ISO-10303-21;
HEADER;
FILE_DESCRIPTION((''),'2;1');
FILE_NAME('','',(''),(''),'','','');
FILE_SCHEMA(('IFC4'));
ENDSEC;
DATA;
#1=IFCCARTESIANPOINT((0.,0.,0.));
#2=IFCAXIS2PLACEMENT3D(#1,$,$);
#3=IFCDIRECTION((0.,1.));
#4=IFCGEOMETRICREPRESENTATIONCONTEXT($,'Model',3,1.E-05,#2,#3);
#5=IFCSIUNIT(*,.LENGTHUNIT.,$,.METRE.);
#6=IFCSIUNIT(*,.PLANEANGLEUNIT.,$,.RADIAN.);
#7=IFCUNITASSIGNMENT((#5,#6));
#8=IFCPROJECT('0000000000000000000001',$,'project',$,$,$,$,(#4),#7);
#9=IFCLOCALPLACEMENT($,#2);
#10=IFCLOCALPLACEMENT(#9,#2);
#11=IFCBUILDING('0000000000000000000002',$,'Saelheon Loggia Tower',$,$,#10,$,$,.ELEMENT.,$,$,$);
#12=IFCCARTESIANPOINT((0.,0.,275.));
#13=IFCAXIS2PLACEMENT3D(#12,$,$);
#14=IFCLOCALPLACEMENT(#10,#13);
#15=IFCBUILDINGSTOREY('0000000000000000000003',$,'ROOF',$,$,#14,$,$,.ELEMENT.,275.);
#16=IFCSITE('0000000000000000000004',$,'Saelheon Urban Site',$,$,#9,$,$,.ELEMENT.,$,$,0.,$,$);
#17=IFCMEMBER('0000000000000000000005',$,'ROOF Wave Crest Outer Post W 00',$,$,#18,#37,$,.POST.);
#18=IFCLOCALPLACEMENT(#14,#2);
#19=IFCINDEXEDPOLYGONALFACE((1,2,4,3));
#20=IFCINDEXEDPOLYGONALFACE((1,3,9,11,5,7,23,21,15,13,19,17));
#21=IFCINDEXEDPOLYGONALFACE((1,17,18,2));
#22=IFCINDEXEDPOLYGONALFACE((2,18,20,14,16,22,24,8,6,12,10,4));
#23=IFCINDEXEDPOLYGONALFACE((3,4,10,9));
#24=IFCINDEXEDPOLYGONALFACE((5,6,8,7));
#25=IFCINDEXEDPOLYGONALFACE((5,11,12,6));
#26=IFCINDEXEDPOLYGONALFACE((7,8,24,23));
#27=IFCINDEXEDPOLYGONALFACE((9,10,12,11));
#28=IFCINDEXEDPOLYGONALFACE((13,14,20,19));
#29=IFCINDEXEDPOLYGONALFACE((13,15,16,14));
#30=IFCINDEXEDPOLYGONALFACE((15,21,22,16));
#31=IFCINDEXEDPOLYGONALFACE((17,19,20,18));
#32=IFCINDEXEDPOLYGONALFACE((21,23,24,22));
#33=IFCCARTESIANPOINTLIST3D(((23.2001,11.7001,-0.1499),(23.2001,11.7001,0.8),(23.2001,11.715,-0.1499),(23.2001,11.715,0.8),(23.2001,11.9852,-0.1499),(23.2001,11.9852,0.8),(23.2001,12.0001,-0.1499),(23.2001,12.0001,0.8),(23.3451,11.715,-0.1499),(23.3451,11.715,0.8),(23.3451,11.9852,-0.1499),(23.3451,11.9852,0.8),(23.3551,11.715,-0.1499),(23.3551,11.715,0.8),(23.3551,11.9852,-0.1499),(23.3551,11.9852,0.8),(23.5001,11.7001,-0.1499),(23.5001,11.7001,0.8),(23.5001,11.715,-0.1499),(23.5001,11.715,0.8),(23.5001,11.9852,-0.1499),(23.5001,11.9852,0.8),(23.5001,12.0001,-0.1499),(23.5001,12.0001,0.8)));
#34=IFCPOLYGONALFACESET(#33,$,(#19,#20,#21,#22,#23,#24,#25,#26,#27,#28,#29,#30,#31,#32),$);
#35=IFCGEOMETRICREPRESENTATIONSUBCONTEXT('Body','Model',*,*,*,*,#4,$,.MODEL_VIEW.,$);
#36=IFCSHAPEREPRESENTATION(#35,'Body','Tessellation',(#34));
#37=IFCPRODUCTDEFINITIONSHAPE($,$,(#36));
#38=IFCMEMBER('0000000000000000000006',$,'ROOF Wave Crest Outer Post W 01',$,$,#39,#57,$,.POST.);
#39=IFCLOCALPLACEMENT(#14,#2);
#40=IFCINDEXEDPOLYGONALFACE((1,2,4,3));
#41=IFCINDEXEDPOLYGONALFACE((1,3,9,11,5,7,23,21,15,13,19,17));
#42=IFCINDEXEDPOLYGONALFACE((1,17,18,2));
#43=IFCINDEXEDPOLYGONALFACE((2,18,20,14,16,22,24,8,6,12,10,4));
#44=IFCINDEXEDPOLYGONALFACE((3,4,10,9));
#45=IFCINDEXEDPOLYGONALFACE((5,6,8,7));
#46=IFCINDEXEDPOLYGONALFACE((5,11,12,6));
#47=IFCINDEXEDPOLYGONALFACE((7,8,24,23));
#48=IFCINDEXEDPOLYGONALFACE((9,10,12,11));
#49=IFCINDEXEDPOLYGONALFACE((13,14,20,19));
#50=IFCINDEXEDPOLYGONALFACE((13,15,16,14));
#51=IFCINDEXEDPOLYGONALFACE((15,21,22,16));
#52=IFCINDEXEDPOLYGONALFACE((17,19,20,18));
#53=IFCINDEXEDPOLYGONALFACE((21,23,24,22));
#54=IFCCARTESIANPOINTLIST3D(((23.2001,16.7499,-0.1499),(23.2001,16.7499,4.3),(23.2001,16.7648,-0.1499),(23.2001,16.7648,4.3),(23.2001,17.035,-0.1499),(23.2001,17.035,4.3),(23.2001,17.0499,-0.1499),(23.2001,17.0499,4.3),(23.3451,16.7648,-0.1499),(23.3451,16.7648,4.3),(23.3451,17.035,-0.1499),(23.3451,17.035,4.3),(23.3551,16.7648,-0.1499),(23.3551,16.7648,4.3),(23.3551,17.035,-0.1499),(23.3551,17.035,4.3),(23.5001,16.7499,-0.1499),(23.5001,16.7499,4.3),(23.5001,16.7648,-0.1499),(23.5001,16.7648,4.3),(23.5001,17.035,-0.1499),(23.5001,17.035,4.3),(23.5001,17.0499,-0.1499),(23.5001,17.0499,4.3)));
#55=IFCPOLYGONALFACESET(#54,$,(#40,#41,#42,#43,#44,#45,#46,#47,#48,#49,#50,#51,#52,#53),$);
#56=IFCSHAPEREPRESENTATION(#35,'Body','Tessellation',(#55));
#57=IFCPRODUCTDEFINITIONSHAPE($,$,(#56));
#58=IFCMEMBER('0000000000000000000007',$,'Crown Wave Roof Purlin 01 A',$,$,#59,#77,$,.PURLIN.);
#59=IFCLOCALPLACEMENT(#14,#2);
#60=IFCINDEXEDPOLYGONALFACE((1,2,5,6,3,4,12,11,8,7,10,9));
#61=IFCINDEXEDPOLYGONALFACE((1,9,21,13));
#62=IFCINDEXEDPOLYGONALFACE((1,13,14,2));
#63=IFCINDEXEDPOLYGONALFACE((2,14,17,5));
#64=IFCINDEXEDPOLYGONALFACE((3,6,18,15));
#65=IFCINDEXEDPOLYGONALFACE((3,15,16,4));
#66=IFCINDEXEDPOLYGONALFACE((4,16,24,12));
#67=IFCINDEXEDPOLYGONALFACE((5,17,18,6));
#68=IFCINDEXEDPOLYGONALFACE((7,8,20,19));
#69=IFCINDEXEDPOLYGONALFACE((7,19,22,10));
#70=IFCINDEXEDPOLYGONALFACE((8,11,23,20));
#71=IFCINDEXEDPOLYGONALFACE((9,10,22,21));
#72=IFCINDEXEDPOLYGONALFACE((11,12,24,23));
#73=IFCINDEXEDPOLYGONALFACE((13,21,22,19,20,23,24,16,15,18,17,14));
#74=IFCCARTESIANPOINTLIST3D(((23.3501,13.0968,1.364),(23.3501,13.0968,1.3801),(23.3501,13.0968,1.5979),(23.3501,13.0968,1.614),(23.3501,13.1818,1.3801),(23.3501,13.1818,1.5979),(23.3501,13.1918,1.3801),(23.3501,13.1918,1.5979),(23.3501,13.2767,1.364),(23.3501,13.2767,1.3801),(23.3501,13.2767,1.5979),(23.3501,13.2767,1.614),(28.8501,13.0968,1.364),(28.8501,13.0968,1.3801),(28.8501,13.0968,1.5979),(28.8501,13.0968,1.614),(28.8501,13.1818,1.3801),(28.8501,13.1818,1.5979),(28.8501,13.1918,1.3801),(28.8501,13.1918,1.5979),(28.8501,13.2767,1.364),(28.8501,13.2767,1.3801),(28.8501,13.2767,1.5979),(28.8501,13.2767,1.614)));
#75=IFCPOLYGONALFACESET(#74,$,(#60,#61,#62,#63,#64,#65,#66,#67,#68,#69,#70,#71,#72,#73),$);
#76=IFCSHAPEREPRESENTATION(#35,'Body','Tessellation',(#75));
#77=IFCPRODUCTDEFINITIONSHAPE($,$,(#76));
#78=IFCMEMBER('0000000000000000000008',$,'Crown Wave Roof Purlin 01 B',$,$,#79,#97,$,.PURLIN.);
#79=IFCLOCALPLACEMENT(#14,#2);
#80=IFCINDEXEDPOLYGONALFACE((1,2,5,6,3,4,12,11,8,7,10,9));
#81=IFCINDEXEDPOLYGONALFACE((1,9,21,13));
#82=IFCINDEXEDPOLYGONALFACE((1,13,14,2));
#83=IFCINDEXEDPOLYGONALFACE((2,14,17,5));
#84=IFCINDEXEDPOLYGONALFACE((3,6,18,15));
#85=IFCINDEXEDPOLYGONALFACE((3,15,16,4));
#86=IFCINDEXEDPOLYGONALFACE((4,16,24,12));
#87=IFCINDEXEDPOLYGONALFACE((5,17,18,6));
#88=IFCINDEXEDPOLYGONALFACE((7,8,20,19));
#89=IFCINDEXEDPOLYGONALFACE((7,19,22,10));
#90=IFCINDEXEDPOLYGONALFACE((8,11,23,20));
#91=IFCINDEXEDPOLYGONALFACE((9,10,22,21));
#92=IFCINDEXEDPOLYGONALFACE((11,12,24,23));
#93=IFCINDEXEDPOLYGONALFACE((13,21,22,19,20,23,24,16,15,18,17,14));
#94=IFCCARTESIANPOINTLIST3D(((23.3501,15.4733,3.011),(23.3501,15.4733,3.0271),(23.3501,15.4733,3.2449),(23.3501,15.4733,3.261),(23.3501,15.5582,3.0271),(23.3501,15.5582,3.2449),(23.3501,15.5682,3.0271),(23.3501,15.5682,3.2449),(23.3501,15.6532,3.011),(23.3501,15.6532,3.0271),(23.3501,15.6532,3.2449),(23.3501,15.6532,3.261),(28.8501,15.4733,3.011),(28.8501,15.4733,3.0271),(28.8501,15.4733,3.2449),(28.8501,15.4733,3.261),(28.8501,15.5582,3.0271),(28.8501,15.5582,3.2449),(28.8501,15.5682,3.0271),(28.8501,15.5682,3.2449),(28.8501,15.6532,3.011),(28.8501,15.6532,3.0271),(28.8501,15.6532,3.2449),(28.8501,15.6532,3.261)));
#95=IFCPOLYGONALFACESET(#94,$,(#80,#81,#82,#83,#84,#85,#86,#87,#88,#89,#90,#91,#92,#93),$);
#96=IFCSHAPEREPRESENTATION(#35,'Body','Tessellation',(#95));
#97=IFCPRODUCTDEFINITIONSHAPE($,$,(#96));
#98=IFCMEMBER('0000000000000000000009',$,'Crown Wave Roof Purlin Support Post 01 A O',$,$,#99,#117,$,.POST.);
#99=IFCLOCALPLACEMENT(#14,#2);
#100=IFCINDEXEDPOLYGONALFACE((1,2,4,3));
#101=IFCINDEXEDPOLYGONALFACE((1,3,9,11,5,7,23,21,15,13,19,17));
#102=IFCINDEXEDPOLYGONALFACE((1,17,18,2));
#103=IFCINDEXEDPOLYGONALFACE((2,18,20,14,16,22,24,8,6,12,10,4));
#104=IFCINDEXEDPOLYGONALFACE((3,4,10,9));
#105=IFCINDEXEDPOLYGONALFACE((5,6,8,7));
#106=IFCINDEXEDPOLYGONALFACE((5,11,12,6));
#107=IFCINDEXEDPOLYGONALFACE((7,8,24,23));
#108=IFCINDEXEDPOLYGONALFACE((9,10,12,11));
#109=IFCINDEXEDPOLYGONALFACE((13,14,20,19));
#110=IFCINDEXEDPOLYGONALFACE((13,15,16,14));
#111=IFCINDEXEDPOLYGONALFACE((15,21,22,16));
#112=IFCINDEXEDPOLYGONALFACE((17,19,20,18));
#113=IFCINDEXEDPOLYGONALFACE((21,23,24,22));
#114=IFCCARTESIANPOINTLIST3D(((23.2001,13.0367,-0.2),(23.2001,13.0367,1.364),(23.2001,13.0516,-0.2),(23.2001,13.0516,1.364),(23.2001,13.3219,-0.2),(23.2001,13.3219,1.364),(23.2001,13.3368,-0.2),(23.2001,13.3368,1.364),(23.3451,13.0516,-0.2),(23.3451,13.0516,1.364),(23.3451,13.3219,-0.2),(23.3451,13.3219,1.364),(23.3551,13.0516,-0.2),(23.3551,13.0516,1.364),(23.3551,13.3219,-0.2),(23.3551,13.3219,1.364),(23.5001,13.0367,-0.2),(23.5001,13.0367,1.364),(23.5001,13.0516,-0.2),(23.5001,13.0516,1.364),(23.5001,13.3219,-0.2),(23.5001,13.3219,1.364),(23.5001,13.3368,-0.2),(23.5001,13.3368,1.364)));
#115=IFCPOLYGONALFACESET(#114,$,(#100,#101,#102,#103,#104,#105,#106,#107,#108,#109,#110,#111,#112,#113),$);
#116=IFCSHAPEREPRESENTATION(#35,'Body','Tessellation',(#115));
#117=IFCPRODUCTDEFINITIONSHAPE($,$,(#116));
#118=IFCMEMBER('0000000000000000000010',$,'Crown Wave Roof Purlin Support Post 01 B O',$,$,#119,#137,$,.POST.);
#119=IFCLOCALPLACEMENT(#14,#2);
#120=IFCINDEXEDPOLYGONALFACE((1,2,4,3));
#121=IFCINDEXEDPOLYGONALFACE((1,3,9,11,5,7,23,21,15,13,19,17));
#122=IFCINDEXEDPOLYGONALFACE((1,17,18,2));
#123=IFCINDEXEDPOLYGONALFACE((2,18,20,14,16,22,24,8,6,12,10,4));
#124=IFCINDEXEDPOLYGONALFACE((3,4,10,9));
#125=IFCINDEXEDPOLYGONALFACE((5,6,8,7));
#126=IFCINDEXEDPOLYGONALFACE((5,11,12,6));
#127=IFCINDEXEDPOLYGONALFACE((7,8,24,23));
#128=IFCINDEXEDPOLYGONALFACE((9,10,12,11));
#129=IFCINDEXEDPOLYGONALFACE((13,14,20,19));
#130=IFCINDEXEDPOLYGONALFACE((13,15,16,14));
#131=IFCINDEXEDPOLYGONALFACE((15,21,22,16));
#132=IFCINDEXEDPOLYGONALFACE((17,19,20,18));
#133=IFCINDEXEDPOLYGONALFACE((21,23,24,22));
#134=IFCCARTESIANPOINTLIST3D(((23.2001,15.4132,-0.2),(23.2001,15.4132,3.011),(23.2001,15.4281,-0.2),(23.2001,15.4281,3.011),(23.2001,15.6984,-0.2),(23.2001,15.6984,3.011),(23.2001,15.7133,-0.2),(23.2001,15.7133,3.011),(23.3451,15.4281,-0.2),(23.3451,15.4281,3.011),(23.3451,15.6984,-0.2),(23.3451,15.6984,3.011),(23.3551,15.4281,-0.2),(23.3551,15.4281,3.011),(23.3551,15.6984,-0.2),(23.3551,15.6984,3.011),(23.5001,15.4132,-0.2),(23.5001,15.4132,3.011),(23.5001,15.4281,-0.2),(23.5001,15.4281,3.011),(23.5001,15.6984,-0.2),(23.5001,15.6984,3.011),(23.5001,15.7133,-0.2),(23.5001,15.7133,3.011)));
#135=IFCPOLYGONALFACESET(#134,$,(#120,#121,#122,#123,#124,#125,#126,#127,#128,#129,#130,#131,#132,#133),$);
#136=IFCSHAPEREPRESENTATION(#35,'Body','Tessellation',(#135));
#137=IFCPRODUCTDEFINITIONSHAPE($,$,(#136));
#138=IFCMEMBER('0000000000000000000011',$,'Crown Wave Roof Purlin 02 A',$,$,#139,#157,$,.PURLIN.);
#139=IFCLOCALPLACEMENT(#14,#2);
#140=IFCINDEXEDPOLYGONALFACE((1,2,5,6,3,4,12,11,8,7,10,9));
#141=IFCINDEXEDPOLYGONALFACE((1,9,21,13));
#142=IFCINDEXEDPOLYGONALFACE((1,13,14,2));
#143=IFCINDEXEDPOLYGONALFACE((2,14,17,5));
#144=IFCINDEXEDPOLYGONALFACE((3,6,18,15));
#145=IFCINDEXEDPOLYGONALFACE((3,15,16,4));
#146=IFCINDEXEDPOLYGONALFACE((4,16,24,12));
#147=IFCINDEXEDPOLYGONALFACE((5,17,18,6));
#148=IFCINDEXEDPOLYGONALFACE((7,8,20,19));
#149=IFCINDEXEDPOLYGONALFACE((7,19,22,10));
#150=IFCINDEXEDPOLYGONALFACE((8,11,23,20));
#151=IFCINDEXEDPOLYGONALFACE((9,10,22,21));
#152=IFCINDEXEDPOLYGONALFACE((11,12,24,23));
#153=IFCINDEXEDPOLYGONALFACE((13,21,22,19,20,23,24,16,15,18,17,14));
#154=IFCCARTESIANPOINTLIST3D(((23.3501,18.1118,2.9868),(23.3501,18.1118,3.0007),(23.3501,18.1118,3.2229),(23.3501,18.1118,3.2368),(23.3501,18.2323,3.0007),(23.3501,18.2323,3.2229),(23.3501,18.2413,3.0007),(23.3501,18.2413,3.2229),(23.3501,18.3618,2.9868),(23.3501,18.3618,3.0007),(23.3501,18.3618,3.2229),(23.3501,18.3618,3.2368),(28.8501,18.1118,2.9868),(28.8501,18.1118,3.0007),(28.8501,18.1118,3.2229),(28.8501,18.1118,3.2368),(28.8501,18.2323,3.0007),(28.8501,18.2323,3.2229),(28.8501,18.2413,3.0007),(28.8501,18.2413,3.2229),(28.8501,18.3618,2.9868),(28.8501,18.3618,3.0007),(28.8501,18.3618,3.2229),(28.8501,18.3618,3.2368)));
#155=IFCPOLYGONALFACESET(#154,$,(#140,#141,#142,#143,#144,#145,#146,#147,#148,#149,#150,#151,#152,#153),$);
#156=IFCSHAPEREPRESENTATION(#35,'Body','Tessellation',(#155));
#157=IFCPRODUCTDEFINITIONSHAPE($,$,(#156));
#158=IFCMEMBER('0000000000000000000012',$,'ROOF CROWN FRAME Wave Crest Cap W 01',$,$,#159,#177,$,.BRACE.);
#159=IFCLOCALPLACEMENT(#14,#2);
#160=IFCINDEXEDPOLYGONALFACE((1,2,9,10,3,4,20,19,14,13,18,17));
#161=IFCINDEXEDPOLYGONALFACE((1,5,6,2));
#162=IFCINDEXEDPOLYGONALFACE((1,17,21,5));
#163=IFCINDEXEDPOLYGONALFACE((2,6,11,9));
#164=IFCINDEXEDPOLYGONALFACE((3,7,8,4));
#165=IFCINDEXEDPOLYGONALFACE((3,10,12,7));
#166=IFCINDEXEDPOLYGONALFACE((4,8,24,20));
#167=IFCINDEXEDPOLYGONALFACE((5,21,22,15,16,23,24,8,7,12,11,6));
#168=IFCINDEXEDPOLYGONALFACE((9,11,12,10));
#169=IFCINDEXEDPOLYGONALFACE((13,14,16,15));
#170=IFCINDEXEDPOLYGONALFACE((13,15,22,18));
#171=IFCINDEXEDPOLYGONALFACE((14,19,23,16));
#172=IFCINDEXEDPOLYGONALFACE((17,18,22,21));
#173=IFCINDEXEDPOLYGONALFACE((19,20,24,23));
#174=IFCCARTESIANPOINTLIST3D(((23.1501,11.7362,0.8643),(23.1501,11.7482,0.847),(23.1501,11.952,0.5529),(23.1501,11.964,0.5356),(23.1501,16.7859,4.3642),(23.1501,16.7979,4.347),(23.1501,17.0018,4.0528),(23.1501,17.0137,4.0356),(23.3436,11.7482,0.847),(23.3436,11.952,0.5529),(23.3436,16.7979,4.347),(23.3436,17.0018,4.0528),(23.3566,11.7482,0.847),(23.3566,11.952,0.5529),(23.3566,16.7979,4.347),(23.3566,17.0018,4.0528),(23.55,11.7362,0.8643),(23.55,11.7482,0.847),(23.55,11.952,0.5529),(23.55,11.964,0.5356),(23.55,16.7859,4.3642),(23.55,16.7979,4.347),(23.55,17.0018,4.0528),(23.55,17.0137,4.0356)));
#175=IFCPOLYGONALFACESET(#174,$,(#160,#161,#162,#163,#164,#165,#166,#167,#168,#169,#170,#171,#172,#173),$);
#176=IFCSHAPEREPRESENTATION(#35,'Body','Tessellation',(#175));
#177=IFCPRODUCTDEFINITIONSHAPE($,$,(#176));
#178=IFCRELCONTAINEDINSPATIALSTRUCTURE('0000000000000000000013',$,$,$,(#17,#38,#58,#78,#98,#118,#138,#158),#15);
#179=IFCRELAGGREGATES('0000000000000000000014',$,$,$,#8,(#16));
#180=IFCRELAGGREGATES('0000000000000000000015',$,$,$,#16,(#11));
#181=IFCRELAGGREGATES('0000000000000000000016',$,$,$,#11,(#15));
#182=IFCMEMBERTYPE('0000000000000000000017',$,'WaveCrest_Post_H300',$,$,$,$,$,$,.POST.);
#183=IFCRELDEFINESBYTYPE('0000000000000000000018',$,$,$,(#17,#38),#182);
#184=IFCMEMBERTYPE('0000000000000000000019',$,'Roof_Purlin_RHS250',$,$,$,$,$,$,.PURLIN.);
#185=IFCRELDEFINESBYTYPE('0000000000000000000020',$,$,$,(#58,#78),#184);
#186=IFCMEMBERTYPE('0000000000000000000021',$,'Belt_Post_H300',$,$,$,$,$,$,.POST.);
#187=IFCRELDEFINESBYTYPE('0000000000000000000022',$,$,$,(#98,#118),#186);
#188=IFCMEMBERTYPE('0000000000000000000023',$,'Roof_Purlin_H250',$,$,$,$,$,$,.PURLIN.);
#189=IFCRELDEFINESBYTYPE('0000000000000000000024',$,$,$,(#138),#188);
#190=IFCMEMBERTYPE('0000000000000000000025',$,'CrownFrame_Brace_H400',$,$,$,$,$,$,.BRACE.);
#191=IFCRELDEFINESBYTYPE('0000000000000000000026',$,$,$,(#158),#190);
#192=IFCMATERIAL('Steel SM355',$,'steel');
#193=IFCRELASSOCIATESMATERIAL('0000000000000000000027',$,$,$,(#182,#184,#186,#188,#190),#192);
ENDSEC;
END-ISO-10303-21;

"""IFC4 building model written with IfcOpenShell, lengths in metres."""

from ifc_helpers import new_model, si_unit, direction, frame, origin, origin_2d, place, context, subcontext, project, spatial, i_section, extrude, source, transform, mapped, material, material_profile, profile_set, type_object, element, save


model = new_model("IFC4")

# Units and contexts
model_context = context("Model", 3, precision=1e-05, world=origin(), true_north=direction((0.0, 1.0)))
body_context = subcontext(model_context, "Body", "Model", "MODEL_VIEW")
ifc_project = project(units=[si_unit("LENGTHUNIT", "METRE"), si_unit("PLANEANGLEUNIT", "RADIAN")], contexts=[model_context])

# Site, building, storey
site_placement = place(None, origin())
site = spatial("IfcSite", under=ifc_project, at=site_placement, Name="Saelheon Urban Site", CompositionType="ELEMENT", RefElevation=0.0)
building_placement = place(site_placement, origin())
building = spatial("IfcBuilding", under=site, at=building_placement, Name="Saelheon Loggia Tower", CompositionType="ELEMENT")
storey_placement = place(building_placement, frame((0.0, 0.0, 275.0)))
storey = spatial("IfcBuildingStorey", under=building, at=storey_placement, Name="ROOF", CompositionType="ELEMENT", Elevation=275.0)

# Members
ifc_material_1 = material(Name="Steel SM355", Category="steel")
ifc_material_profile_1 = material_profile(ifc_material_1, i_section(OverallWidth=0.3, OverallDepth=0.3, WebThickness=0.01, FlangeThickness=0.0149, at=origin_2d()), Name="H-300x300x10x15")
ifc_profile_set_1 = profile_set([ifc_material_profile_1], Name="Steel SM355")
member_type_1 = type_object("IfcMemberType", Name="WaveCrest_Post_H300", PredefinedType="POST", material=ifc_profile_set_1)
shared_shape_1 = source(origin(), body_context, "Body", "SweptSolid", [
    extrude(i_section(OverallWidth=0.3, OverallDepth=0.3, WebThickness=0.01, FlangeThickness=0.0149, at=origin_2d()), origin(), (0.0, 0.0, 1.0), 0.95),
])
member_1_placement = place(storey_placement, frame((23.3501, 11.8501, -0.1499), z_axis=(0.0, 0.0, 1.0), x_axis=(1.0, 0.0, 0.0)))
element("IfcMember", 1, at=member_1_placement, inside=storey, type_object=member_type_1, Name="ROOF Wave Crest Outer Post W 00", PredefinedType="POST", context=body_context, shape_type="MappedRepresentation", body=[
    mapped(shared_shape_1, transform((0.0, 0.0, 0.0), scale=1.0)),
])
shared_shape_2 = source(origin(), body_context, "Body", "SweptSolid", [
    extrude(i_section(OverallWidth=0.3, OverallDepth=0.3, WebThickness=0.01, FlangeThickness=0.0149, at=origin_2d()), origin(), (0.0, 0.0, 1.0), 4.45),
])
member_2_placement = place(storey_placement, frame((23.3501, 16.8999, -0.1499), z_axis=(0.0, 0.0, 1.0), x_axis=(1.0, 0.0, 0.0)))
element("IfcMember", 2, at=member_2_placement, inside=storey, type_object=member_type_1, Name="ROOF Wave Crest Outer Post W 01", PredefinedType="POST", context=body_context, shape_type="MappedRepresentation", body=[
    mapped(shared_shape_2, transform((0.0, 0.0, 0.0), scale=1.0)),
])
ifc_material_profile_2 = material_profile(ifc_material_1, i_section(OverallWidth=0.1799, OverallDepth=0.25, WebThickness=0.01, FlangeThickness=0.0161, at=origin_2d()), Name="H-250x180x10x16")
ifc_profile_set_2 = profile_set([ifc_material_profile_2], Name="Steel SM355")
member_type_2 = type_object("IfcMemberType", Name="Roof_Purlin_RHS250", PredefinedType="PURLIN", material=ifc_profile_set_2)
shared_shape_3 = source(origin(), body_context, "Body", "SweptSolid", [
    extrude(i_section(OverallWidth=0.1799, OverallDepth=0.25, WebThickness=0.01, FlangeThickness=0.0161, at=origin_2d()), origin(), (0.0, 0.0, 1.0), 5.5),
])
for number, where, z_axis, x_axis, name in (
    (3, (23.3501, 13.1868, 1.489), (1.0, 0.0, 0.0), (0.0, 1.0, 0.0), "Crown Wave Roof Purlin 01 A"),
    (4, (23.3501, 15.5632, 3.136), (1.0, 0.0, 0.0), (0.0, 1.0, 0.0), "Crown Wave Roof Purlin 01 B"),
):
    element("IfcMember", number, at=place(storey_placement, frame(where, z_axis=z_axis, x_axis=x_axis)), inside=storey, type_object=member_type_2, Name=name, PredefinedType="PURLIN", context=body_context, shape_type="MappedRepresentation", body=[
        mapped(shared_shape_3, transform((0.0, 0.0, 0.0), scale=1.0)),
    ])
ifc_material_profile_3 = material_profile(ifc_material_1, i_section(OverallWidth=0.3, OverallDepth=0.3, WebThickness=0.01, FlangeThickness=0.0149, at=origin_2d()), Name="H-300x300x10x15")
ifc_profile_set_3 = profile_set([ifc_material_profile_3], Name="Steel SM355")
member_type_3 = type_object("IfcMemberType", Name="Belt_Post_H300", PredefinedType="POST", material=ifc_profile_set_3)
shared_shape_4 = source(origin(), body_context, "Body", "SweptSolid", [
    extrude(i_section(OverallWidth=0.3, OverallDepth=0.3, WebThickness=0.01, FlangeThickness=0.0149, at=origin_2d()), origin(), (0.0, 0.0, 1.0), 1.564),
])
member_3_placement = place(storey_placement, frame((23.3501, 13.1868, -0.2), z_axis=(0.0, 0.0, 1.0), x_axis=(1.0, 0.0, 0.0)))
element("IfcMember", 5, at=member_3_placement, inside=storey, type_object=member_type_3, Name="Crown Wave Roof Purlin Support Post 01 A O", PredefinedType="POST", context=body_context, shape_type="MappedRepresentation", body=[
    mapped(shared_shape_4, transform((0.0, 0.0, 0.0), scale=1.0)),
])
shared_shape_5 = source(origin(), body_context, "Body", "SweptSolid", [
    extrude(i_section(OverallWidth=0.3, OverallDepth=0.3, WebThickness=0.01, FlangeThickness=0.0149, at=origin_2d()), origin(), (0.0, 0.0, 1.0), 3.2109),
])
member_4_placement = place(storey_placement, frame((23.3501, 15.5632, -0.2), z_axis=(0.0, 0.0, 1.0), x_axis=(1.0, 0.0, 0.0)))
element("IfcMember", 6, at=member_4_placement, inside=storey, type_object=member_type_3, Name="Crown Wave Roof Purlin Support Post 01 B O", PredefinedType="POST", context=body_context, shape_type="MappedRepresentation", body=[
    mapped(shared_shape_5, transform((0.0, 0.0, 0.0), scale=1.0)),
])
ifc_material_profile_4 = material_profile(ifc_material_1, i_section(OverallWidth=0.25, OverallDepth=0.25, WebThickness=0.009, FlangeThickness=0.0139, at=origin_2d()), Name="H-250x250x9x14")
ifc_profile_set_4 = profile_set([ifc_material_profile_4], Name="Steel SM355")
member_type_4 = type_object("IfcMemberType", Name="Roof_Purlin_H250", PredefinedType="PURLIN", material=ifc_profile_set_4)
shared_shape_6 = source(origin(), body_context, "Body", "SweptSolid", [
    extrude(i_section(OverallWidth=0.25, OverallDepth=0.25, WebThickness=0.009, FlangeThickness=0.0139, at=origin_2d()), origin(), (0.0, 0.0, 1.0), 5.5),
])
member_5_placement = place(storey_placement, frame((23.3501, 18.2368, 3.1118), z_axis=(1.0, 0.0, 0.0), x_axis=(0.0, 1.0, 0.0)))
element("IfcMember", 7, at=member_5_placement, inside=storey, type_object=member_type_4, Name="Crown Wave Roof Purlin 02 A", PredefinedType="PURLIN", context=body_context, shape_type="MappedRepresentation", body=[
    mapped(shared_shape_6, transform((0.0, 0.0, 0.0), scale=1.0)),
])
ifc_material_profile_5 = material_profile(ifc_material_1, i_section(OverallWidth=0.3999, OverallDepth=0.3999, WebThickness=0.0129, FlangeThickness=0.021, at=origin_2d()), Name="H-400x400x13x21")
ifc_profile_set_5 = profile_set([ifc_material_profile_5], Name="Steel SM355")
member_type_5 = type_object("IfcMemberType", Name="CrownFrame_Brace_H400", PredefinedType="BRACE", material=ifc_profile_set_5)
shared_shape_7 = source(origin(), body_context, "Body", "SweptSolid", [
    extrude(i_section(OverallWidth=0.3999, OverallDepth=0.3999, WebThickness=0.0129, FlangeThickness=0.021, at=origin_2d()), origin(), (0.0, 0.0, 1.0), 6.144),
])
member_6_placement = place(storey_placement, frame((23.3501, 11.8501, 0.7), z_axis=(0.0, 0.821889, 0.569648), x_axis=(-1.0, 0.0, 0.0)))
element("IfcMember", 8, at=member_6_placement, inside=storey, type_object=member_type_5, Name="ROOF CROWN FRAME Wave Crest Cap W 01", PredefinedType="BRACE", context=body_context, shape_type="MappedRepresentation", body=[
    mapped(shared_shape_7, transform((0.0, 0.0, 0.0), scale=1.0)),
])

save(model, "model.ifc")
